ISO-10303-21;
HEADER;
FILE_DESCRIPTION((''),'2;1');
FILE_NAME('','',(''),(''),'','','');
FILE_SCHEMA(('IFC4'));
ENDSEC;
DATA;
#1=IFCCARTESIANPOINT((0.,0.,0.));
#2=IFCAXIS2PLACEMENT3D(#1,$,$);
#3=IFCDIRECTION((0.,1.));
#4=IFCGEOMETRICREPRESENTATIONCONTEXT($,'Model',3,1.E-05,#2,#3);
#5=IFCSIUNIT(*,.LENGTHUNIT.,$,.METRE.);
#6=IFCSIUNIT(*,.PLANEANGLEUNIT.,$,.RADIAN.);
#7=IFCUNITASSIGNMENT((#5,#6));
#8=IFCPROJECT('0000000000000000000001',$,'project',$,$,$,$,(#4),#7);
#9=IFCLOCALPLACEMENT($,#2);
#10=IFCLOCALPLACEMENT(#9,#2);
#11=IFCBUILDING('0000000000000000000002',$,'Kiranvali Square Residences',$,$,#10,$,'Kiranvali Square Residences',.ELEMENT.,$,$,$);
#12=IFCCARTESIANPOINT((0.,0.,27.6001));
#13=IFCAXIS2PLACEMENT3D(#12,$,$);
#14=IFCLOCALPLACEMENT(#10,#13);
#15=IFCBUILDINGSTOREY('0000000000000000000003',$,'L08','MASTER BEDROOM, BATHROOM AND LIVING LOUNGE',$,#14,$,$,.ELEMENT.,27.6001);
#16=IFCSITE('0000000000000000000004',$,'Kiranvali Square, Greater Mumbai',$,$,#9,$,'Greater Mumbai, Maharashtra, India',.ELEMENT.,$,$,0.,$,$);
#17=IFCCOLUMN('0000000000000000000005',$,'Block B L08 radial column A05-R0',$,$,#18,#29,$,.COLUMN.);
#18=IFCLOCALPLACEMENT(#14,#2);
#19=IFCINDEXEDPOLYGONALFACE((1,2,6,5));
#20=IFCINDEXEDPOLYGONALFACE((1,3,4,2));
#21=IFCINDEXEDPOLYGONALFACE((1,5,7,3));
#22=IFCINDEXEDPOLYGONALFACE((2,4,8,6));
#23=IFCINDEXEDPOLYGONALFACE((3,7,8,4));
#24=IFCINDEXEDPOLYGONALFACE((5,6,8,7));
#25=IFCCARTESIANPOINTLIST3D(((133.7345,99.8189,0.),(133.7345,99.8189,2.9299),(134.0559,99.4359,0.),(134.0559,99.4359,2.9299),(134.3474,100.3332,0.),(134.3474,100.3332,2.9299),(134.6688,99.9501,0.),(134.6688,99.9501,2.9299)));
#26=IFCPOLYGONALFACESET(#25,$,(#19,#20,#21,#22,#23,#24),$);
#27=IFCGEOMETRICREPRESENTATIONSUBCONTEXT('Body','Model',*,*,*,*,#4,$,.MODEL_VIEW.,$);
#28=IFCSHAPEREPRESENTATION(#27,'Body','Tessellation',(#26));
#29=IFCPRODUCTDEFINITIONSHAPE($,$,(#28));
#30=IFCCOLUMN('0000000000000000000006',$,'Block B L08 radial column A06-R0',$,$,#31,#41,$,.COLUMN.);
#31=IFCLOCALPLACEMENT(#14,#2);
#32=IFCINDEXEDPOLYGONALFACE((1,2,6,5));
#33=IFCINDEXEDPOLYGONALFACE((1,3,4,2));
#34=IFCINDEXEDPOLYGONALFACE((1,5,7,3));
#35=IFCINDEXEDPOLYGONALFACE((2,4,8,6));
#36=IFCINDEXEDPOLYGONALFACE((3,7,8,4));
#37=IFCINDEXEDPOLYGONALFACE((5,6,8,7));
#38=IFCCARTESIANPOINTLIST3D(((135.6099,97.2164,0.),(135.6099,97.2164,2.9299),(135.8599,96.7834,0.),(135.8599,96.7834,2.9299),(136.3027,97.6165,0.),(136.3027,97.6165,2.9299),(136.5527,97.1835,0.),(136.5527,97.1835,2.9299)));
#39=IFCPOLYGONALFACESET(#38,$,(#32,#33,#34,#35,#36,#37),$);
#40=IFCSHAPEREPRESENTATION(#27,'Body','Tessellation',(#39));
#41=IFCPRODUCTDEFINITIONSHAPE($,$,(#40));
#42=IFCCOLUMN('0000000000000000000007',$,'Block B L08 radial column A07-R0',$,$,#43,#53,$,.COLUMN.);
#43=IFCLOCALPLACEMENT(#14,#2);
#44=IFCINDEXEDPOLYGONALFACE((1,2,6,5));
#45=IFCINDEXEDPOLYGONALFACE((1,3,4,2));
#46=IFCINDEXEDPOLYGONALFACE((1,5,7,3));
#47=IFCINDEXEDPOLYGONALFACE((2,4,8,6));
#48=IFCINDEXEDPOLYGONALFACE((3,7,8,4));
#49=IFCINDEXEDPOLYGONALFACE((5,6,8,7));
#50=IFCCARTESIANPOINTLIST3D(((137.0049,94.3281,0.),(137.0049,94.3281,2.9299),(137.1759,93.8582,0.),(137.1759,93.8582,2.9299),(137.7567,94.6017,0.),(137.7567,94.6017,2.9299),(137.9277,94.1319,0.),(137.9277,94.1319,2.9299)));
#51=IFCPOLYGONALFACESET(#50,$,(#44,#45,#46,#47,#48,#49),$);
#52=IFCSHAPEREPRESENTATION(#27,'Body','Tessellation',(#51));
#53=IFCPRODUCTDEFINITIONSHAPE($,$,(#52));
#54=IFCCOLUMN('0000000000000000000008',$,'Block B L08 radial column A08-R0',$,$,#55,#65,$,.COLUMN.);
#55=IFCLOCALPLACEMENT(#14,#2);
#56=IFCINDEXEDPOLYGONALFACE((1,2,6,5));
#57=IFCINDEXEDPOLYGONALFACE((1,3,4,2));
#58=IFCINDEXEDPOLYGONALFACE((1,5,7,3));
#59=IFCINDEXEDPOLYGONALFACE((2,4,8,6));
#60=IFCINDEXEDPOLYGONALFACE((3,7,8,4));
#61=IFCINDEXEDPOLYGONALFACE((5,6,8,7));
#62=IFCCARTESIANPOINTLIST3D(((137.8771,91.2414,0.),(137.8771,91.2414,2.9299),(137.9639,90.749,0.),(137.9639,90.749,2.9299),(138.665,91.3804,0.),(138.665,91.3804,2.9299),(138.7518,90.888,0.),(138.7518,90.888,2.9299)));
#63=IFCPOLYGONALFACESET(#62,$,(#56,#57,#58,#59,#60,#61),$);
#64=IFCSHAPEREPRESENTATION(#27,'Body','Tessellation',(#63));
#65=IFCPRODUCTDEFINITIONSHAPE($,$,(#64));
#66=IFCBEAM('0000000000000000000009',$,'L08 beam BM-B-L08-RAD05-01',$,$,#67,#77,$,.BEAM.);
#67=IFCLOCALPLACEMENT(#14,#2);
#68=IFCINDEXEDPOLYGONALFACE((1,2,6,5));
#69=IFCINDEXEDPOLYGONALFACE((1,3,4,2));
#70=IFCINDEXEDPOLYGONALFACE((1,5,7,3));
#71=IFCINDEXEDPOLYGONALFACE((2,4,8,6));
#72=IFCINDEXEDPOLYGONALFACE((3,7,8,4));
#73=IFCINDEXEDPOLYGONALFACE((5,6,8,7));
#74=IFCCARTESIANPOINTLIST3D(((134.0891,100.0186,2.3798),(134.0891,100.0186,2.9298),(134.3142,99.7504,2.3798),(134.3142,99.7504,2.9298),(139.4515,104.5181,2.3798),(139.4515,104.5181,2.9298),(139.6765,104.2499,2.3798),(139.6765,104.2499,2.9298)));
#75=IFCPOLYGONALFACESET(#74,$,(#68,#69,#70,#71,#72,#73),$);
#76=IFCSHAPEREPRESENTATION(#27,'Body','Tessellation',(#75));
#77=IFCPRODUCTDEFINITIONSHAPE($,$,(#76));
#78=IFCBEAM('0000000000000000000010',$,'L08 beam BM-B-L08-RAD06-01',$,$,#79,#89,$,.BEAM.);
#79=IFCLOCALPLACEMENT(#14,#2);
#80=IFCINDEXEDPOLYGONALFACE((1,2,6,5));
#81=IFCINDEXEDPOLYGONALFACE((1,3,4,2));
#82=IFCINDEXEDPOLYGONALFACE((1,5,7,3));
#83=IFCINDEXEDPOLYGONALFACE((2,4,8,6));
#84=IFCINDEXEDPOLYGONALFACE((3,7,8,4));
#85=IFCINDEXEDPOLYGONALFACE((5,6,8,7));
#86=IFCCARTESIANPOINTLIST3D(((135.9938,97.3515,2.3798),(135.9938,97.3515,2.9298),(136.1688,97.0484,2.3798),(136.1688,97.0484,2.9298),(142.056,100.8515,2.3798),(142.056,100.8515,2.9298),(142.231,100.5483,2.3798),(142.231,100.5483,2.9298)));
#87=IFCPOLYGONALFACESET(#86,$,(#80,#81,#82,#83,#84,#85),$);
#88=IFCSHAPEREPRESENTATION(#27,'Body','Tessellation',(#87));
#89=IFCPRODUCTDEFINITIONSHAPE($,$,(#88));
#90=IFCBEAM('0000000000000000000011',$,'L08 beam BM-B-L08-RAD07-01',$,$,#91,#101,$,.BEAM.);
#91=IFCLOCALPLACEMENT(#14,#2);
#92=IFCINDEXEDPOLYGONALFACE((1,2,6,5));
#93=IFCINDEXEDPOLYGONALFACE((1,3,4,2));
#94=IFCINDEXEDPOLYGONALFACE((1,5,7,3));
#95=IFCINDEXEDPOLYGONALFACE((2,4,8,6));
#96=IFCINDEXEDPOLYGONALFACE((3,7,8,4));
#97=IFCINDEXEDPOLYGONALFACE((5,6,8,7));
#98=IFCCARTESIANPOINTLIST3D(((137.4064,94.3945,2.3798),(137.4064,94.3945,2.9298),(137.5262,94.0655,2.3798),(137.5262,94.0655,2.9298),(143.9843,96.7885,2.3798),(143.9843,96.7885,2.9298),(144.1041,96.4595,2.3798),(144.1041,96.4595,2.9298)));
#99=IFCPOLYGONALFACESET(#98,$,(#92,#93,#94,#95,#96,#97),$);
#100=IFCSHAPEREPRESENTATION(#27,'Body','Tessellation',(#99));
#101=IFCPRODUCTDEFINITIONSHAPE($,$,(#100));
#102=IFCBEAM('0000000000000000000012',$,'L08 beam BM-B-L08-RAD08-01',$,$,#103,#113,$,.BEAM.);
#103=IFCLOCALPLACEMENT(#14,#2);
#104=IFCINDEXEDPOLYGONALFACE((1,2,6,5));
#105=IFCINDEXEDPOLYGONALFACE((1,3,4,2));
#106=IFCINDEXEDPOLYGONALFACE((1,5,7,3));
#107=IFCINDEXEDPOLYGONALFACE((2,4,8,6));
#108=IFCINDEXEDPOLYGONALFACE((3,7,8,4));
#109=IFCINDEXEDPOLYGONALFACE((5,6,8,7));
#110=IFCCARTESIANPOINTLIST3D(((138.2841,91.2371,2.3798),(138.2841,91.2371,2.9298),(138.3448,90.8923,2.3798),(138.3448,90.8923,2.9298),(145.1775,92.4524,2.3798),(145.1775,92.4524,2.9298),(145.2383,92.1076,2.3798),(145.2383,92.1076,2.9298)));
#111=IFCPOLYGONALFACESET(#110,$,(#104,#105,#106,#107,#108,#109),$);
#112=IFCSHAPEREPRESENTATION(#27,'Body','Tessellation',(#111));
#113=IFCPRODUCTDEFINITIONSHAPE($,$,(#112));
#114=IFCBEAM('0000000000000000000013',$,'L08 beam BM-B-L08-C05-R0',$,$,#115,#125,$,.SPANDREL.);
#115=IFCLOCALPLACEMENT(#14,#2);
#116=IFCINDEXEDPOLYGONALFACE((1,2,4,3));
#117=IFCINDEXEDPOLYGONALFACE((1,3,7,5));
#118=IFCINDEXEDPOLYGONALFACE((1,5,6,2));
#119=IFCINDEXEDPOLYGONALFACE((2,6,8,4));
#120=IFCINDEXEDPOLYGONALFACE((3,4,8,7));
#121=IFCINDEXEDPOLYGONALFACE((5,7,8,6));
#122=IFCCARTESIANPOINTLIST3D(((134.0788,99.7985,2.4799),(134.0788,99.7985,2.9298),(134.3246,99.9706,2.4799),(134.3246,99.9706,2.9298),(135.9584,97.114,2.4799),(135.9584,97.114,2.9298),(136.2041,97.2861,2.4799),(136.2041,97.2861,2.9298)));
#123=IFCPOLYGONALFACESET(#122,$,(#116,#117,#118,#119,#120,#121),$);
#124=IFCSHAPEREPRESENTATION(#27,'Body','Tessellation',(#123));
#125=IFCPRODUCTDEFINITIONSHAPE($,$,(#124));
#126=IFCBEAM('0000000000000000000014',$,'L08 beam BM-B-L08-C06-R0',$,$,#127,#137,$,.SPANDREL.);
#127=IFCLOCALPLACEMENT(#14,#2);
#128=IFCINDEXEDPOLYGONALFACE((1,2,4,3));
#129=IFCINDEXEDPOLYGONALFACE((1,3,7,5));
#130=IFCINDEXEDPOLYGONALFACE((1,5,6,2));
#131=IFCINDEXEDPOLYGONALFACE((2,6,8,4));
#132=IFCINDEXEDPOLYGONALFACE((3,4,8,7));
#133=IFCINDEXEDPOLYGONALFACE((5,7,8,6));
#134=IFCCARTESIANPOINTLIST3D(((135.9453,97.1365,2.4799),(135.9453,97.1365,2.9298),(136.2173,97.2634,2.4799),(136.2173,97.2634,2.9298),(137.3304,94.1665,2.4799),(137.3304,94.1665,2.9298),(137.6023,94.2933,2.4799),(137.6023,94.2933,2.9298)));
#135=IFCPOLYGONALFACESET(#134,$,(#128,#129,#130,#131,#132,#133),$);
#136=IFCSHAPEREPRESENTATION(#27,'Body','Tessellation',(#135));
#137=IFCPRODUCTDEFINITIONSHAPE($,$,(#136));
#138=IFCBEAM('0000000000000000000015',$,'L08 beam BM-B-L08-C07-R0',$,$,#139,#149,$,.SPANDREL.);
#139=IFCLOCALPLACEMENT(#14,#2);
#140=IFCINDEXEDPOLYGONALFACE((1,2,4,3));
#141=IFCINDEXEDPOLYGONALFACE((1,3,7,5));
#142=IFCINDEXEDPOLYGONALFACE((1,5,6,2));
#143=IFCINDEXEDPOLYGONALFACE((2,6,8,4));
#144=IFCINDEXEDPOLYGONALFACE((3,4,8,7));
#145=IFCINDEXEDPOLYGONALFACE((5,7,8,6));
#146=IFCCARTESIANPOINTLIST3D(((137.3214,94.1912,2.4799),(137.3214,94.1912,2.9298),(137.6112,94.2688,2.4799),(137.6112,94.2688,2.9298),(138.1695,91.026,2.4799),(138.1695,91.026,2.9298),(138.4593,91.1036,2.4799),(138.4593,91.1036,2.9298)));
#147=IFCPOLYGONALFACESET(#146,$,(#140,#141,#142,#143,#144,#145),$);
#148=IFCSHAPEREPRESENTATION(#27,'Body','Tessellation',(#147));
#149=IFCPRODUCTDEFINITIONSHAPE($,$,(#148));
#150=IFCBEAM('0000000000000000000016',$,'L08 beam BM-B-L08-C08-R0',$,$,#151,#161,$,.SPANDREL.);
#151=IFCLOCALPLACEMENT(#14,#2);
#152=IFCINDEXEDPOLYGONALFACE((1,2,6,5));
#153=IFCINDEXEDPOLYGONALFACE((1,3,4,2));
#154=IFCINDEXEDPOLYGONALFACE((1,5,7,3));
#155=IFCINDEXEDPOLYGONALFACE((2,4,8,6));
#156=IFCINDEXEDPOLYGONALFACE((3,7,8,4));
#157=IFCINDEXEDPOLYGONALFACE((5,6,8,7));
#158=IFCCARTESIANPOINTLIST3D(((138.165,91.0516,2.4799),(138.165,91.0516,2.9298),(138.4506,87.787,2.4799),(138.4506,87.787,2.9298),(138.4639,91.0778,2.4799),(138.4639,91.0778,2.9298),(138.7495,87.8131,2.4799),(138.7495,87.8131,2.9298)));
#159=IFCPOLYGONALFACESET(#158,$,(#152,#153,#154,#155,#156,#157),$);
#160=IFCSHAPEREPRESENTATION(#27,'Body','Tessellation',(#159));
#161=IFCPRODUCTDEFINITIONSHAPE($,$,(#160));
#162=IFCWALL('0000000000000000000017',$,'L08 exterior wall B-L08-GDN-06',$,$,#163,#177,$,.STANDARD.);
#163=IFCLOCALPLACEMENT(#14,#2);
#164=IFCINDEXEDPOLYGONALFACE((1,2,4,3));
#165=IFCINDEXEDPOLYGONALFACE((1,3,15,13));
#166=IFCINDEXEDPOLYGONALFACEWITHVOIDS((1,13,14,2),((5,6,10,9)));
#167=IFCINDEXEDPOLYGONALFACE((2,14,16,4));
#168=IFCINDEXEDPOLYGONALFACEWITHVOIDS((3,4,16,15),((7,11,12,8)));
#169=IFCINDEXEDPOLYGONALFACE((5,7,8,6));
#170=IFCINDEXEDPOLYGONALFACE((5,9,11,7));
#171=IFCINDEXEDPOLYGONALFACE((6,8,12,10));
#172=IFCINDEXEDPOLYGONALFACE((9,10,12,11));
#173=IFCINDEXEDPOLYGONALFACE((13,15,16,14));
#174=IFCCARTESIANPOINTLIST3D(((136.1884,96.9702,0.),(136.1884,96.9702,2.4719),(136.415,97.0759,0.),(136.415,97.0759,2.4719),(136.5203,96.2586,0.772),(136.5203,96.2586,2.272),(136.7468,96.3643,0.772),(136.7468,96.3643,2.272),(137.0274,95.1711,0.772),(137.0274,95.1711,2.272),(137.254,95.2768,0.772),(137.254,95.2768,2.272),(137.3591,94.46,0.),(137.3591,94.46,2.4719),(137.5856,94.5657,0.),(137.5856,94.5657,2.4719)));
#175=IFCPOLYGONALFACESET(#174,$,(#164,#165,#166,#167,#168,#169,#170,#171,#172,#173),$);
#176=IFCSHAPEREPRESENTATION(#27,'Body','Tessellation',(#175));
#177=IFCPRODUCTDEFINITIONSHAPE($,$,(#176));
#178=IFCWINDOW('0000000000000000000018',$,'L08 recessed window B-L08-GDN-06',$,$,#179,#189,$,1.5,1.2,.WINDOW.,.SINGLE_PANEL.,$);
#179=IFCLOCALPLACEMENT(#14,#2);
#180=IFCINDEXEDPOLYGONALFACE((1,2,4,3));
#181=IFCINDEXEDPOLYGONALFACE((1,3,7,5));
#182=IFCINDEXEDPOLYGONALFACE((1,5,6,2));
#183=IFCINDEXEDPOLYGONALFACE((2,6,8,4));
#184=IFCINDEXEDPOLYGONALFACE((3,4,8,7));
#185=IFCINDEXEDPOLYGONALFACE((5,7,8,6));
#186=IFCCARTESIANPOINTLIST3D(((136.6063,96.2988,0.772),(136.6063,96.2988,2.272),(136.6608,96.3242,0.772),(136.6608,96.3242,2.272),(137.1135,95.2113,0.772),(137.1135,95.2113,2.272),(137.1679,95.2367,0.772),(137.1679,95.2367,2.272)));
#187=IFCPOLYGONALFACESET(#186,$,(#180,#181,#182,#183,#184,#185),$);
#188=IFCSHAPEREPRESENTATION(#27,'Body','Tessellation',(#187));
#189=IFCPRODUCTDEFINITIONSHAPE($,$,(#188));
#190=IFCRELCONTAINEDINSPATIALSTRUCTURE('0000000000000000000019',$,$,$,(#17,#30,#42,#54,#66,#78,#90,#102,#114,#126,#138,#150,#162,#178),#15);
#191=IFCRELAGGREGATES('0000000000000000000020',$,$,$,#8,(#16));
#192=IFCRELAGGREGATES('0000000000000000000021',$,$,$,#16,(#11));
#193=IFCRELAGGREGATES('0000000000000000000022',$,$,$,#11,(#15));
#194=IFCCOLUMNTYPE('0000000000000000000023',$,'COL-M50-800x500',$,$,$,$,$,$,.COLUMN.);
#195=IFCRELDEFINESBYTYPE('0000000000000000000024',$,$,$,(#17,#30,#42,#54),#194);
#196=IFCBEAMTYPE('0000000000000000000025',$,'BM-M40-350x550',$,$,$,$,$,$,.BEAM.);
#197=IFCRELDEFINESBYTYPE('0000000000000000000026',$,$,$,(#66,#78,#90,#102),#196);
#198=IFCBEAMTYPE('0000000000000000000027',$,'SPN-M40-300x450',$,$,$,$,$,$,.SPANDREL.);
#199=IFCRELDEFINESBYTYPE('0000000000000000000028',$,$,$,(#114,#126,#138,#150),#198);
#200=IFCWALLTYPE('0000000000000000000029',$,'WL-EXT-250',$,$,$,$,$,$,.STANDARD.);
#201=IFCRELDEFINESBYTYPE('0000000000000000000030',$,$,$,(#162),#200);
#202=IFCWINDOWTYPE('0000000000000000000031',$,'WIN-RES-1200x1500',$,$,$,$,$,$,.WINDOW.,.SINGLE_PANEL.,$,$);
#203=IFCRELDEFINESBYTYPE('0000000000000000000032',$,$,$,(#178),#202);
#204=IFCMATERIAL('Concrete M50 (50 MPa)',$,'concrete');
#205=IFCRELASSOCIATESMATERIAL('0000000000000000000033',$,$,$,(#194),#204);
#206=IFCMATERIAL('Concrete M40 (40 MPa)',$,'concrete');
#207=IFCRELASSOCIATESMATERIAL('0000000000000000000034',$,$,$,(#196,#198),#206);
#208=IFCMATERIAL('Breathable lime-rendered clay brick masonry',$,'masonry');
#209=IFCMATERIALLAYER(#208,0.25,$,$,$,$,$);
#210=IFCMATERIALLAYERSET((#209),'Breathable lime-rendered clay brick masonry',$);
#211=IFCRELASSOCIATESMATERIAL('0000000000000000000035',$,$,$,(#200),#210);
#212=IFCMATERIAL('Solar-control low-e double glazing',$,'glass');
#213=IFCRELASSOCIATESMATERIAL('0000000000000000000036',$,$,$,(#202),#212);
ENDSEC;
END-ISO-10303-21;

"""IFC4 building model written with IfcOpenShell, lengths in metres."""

from ifc_helpers import new_model, si_unit, direction, frame, frame_2d, origin, origin_2d, place, context, subcontext, project, spatial, rectangle, extrude, material, layer, layer_set, material_profile, profile_set, type_object, element, fill, save


model = new_model("IFC4")

# Units and contexts
model_context = context("Model", 3, precision=1e-05, world=origin(), true_north=direction((0.0, 1.0)))
body_context = subcontext(model_context, "Body", "Model", "MODEL_VIEW")
ifc_project = project(units=[si_unit("LENGTHUNIT", "METRE"), si_unit("PLANEANGLEUNIT", "RADIAN")], contexts=[model_context])

# Site, building, storey
site_placement = place(None, origin())
site = spatial("IfcSite", under=ifc_project, at=site_placement, Name="Kiranvali Square, Greater Mumbai", LongName="Greater Mumbai, Maharashtra, India", CompositionType="ELEMENT", RefElevation=0.0)
building_placement = place(site_placement, origin())
building = spatial("IfcBuilding", under=site, at=building_placement, Name="Kiranvali Square Residences", LongName="Kiranvali Square Residences", CompositionType="ELEMENT")
storey_placement = place(building_placement, frame((0.0, 0.0, 27.6001)))
storey = spatial("IfcBuildingStorey", under=building, at=storey_placement, Name="L08", Description="MASTER BEDROOM, BATHROOM AND LIVING LOUNGE", CompositionType="ELEMENT", Elevation=27.6001)

# Columns
ifc_material_1 = material(Name="Concrete M50 (50 MPa)", Category="concrete")
ifc_material_profile_1 = material_profile(ifc_material_1, rectangle(XDim=0.5, YDim=0.8, at=origin_2d()), Name="RC 800x500")
ifc_profile_set_1 = profile_set([ifc_material_profile_1], Name="Concrete M50 (50 MPa)")
column_type = type_object("IfcColumnType", Name="COL-M50-800x500", PredefinedType="COLUMN", material=ifc_profile_set_1)
for number, where, z_axis, x_axis, name in (
    (1, (134.2017, 99.8845, 0.0), (0.0, 0.0, 1.0), (-0.642788, 0.766044, 0.0), "Block B L08 radial column A05-R0"),
    (2, (136.0813, 97.2, 0.0), (0.0, 0.0, 1.0), (-0.5, 0.866025, 0.0), "Block B L08 radial column A06-R0"),
    (3, (137.4663, 94.23, 0.0), (0.0, 0.0, 1.0), (-0.34202, 0.939693, 0.0), "Block B L08 radial column A07-R0"),
    (4, (138.3145, 91.0647, 0.0), (0.0, 0.0, 1.0), (-0.173648, 0.984808, 0.0), "Block B L08 radial column A08-R0"),
):
    element("IfcColumn", number, at=place(storey_placement, frame(where, z_axis=z_axis, x_axis=x_axis)), inside=storey, type_object=column_type, Name=name, PredefinedType="COLUMN", context=body_context, shape_type="SweptSolid", body=[
        extrude(rectangle(XDim=0.5, YDim=0.8, at=origin_2d()), origin(), (0.0, 0.0, 1.0), 2.9299),
    ])

# Beams
ifc_material_2 = material(Name="Concrete M40 (40 MPa)", Category="concrete")
ifc_material_profile_2 = material_profile(ifc_material_2, rectangle(XDim=0.3501, YDim=0.55, at=origin_2d()), Name="RC 350x550")
ifc_profile_set_2 = profile_set([ifc_material_profile_2], Name="Concrete M40 (40 MPa)")
beam_type_1 = type_object("IfcBeamType", Name="BM-M40-350x550", PredefinedType="BEAM", material=ifc_profile_set_2)
for number, where, z_axis, x_axis, name in (
    (5, (134.2017, 99.8845, 2.6548), (0.766044, 0.642788, 0.0), (-0.642788, 0.766044, 0.0), "L08 beam BM-B-L08-RAD05-01"),
    (6, (136.0813, 97.2, 2.6548), (0.866028, 0.499995, 0.0), (-0.499995, 0.866028, 0.0), "L08 beam BM-B-L08-RAD06-01"),
    (7, (137.4663, 94.23, 2.6548), (0.939698, 0.342006, 0.0), (-0.342006, 0.939698, 0.0), "L08 beam BM-B-L08-RAD07-01"),
):
    element("IfcBeam", number, at=place(storey_placement, frame(where, z_axis=z_axis, x_axis=x_axis)), inside=storey, type_object=beam_type_1, Name=name, PredefinedType="BEAM", context=body_context, shape_type="SweptSolid", body=[
        extrude(rectangle(XDim=0.3501, YDim=0.55, at=origin_2d()), origin(), (0.0, 0.0, 1.0), 7.0),
    ])
beam_1_placement = place(storey_placement, frame((138.3145, 91.0647, 2.6548), z_axis=(0.984812, 0.173622, 0.0), x_axis=(-0.173622, 0.984812, 0.0)))
element("IfcBeam", 8, at=beam_1_placement, inside=storey, type_object=beam_type_1, Name="L08 beam BM-B-L08-RAD08-01", PredefinedType="BEAM", context=body_context, shape_type="SweptSolid", body=[
    extrude(rectangle(XDim=0.3501, YDim=0.55, at=origin_2d()), origin(), (0.0, 0.0, 1.0), 6.9998),
])
ifc_material_profile_3 = material_profile(ifc_material_2, rectangle(XDim=0.3, YDim=0.45, at=origin_2d()), Name="RC 300x450")
ifc_profile_set_3 = profile_set([ifc_material_profile_3], Name="Concrete M40 (40 MPa)")
beam_type_2 = type_object("IfcBeamType", Name="SPN-M40-300x450", PredefinedType="SPANDREL", material=ifc_profile_set_3)
for number, where, z_axis, x_axis, name in (
    (9, (134.2017, 99.8845, 2.7048), (0.573552, -0.819169, 0.0), (0.819169, 0.573552, 0.0), "L08 beam BM-B-L08-C05-R0"),
    (10, (136.0813, 97.2, 2.7048), (0.422641, -0.906297, 0.0), (0.906297, 0.422641, 0.0), "L08 beam BM-B-L08-C06-R0"),
):
    element("IfcBeam", number, at=place(storey_placement, frame(where, z_axis=z_axis, x_axis=x_axis)), inside=storey, type_object=beam_type_2, Name=name, PredefinedType="SPANDREL", context=body_context, shape_type="SweptSolid", body=[
        extrude(rectangle(XDim=0.3, YDim=0.45, at=origin_2d()), origin(), (0.0, 0.0, 1.0), 3.2771),
    ])
beam_2_placement = place(storey_placement, frame((137.4663, 94.23, 2.7048), z_axis=(0.258822, -0.965925, 0.0), x_axis=(0.965925, 0.258822, 0.0)))
element("IfcBeam", 11, at=beam_2_placement, inside=storey, type_object=beam_type_2, Name="L08 beam BM-B-L08-C07-R0", PredefinedType="SPANDREL", context=body_context, shape_type="SweptSolid", body=[
    extrude(rectangle(XDim=0.3, YDim=0.45, at=origin_2d()), origin(), (0.0, 0.0, 1.0), 3.2769),
])
beam_3_placement = place(storey_placement, frame((138.3145, 91.0647, 2.7048), z_axis=(0.087163, -0.996194, 0.0), x_axis=(0.996194, 0.087163, 0.0)))
element("IfcBeam", 12, at=beam_3_placement, inside=storey, type_object=beam_type_2, Name="L08 beam BM-B-L08-C08-R0", PredefinedType="SPANDREL", context=body_context, shape_type="SweptSolid", body=[
    extrude(rectangle(XDim=0.3, YDim=0.45, at=origin_2d()), origin(), (0.0, 0.0, 1.0), 3.2771),
])

# Shared definitions
ifc_material_3 = material(Name="Breathable lime-rendered clay brick masonry", Category="masonry")
ifc_layer = layer(ifc_material_3, 0.25)
ifc_layer_set = layer_set([ifc_layer], Name="Breathable lime-rendered clay brick masonry")
wall_type = type_object("IfcWallType", Name="WL-EXT-250", PredefinedType="STANDARD", material=ifc_layer_set)

# Wall, opening, window
wall_1_placement = place(storey_placement, frame((136.3018, 97.0229, 0.0), z_axis=(0.0, 0.0, 1.0), x_axis=(0.422649, -0.906293, 0.0)))
wall_1 = element("IfcWall", 13, at=wall_1_placement, inside=storey, type_object=wall_type, Name="L08 exterior wall B-L08-GDN-06", PredefinedType="STANDARD", context=body_context, shape_type="SweptSolid", body=[
    extrude(rectangle(XDim=2.7698, YDim=0.25, at=frame_2d((1.3848, 0.0))), origin(), (0.0, 0.0, 1.0), 2.4719),
])
opening_1_placement = place(wall_1_placement, frame((0.7849, 0.0, 0.772)))
opening_1 = element("IfcOpeningElement", 14, at=opening_1_placement, cuts=wall_1, PredefinedType="OPENING", context=body_context, shape_type="SweptSolid", body=[
    extrude(rectangle(XDim=1.2, YDim=1.5, at=frame_2d((0.6001, 0.75))), frame((0.0, 0.135, 0.0), z_axis=(0.0, -1.0, 0.0), x_axis=(1.0, 0.0, 0.0)), (0.0, 0.0, 1.0), 0.27),
])
ifc_material_4 = material(Name="Solar-control low-e double glazing", Category="glass")
window_type_1 = type_object("IfcWindowType", Name="WIN-RES-1200x1500", PartitioningType="SINGLE_PANEL", PredefinedType="WINDOW", material=ifc_material_4)
window_1_placement = place(opening_1_placement, origin())
window_1 = element("IfcWindow", 15, at=window_1_placement, inside=storey, type_object=window_type_1, Name="L08 recessed window B-L08-GDN-06", OverallHeight=1.5, OverallWidth=1.2, PartitioningType="SINGLE_PANEL", PredefinedType="WINDOW", context=body_context, shape_type="SweptSolid", body=[
    extrude(rectangle(XDim=1.2, YDim=1.5, at=frame_2d((0.6001, 0.75))), frame((0.0, 0.03, 0.0), z_axis=(0.0, -1.0, 0.0), x_axis=(1.0, 0.0, 0.0)), (0.0, 0.0, 1.0), 0.0601),
])
fill(opening_1, window_1)

save(model, "model.ifc")
